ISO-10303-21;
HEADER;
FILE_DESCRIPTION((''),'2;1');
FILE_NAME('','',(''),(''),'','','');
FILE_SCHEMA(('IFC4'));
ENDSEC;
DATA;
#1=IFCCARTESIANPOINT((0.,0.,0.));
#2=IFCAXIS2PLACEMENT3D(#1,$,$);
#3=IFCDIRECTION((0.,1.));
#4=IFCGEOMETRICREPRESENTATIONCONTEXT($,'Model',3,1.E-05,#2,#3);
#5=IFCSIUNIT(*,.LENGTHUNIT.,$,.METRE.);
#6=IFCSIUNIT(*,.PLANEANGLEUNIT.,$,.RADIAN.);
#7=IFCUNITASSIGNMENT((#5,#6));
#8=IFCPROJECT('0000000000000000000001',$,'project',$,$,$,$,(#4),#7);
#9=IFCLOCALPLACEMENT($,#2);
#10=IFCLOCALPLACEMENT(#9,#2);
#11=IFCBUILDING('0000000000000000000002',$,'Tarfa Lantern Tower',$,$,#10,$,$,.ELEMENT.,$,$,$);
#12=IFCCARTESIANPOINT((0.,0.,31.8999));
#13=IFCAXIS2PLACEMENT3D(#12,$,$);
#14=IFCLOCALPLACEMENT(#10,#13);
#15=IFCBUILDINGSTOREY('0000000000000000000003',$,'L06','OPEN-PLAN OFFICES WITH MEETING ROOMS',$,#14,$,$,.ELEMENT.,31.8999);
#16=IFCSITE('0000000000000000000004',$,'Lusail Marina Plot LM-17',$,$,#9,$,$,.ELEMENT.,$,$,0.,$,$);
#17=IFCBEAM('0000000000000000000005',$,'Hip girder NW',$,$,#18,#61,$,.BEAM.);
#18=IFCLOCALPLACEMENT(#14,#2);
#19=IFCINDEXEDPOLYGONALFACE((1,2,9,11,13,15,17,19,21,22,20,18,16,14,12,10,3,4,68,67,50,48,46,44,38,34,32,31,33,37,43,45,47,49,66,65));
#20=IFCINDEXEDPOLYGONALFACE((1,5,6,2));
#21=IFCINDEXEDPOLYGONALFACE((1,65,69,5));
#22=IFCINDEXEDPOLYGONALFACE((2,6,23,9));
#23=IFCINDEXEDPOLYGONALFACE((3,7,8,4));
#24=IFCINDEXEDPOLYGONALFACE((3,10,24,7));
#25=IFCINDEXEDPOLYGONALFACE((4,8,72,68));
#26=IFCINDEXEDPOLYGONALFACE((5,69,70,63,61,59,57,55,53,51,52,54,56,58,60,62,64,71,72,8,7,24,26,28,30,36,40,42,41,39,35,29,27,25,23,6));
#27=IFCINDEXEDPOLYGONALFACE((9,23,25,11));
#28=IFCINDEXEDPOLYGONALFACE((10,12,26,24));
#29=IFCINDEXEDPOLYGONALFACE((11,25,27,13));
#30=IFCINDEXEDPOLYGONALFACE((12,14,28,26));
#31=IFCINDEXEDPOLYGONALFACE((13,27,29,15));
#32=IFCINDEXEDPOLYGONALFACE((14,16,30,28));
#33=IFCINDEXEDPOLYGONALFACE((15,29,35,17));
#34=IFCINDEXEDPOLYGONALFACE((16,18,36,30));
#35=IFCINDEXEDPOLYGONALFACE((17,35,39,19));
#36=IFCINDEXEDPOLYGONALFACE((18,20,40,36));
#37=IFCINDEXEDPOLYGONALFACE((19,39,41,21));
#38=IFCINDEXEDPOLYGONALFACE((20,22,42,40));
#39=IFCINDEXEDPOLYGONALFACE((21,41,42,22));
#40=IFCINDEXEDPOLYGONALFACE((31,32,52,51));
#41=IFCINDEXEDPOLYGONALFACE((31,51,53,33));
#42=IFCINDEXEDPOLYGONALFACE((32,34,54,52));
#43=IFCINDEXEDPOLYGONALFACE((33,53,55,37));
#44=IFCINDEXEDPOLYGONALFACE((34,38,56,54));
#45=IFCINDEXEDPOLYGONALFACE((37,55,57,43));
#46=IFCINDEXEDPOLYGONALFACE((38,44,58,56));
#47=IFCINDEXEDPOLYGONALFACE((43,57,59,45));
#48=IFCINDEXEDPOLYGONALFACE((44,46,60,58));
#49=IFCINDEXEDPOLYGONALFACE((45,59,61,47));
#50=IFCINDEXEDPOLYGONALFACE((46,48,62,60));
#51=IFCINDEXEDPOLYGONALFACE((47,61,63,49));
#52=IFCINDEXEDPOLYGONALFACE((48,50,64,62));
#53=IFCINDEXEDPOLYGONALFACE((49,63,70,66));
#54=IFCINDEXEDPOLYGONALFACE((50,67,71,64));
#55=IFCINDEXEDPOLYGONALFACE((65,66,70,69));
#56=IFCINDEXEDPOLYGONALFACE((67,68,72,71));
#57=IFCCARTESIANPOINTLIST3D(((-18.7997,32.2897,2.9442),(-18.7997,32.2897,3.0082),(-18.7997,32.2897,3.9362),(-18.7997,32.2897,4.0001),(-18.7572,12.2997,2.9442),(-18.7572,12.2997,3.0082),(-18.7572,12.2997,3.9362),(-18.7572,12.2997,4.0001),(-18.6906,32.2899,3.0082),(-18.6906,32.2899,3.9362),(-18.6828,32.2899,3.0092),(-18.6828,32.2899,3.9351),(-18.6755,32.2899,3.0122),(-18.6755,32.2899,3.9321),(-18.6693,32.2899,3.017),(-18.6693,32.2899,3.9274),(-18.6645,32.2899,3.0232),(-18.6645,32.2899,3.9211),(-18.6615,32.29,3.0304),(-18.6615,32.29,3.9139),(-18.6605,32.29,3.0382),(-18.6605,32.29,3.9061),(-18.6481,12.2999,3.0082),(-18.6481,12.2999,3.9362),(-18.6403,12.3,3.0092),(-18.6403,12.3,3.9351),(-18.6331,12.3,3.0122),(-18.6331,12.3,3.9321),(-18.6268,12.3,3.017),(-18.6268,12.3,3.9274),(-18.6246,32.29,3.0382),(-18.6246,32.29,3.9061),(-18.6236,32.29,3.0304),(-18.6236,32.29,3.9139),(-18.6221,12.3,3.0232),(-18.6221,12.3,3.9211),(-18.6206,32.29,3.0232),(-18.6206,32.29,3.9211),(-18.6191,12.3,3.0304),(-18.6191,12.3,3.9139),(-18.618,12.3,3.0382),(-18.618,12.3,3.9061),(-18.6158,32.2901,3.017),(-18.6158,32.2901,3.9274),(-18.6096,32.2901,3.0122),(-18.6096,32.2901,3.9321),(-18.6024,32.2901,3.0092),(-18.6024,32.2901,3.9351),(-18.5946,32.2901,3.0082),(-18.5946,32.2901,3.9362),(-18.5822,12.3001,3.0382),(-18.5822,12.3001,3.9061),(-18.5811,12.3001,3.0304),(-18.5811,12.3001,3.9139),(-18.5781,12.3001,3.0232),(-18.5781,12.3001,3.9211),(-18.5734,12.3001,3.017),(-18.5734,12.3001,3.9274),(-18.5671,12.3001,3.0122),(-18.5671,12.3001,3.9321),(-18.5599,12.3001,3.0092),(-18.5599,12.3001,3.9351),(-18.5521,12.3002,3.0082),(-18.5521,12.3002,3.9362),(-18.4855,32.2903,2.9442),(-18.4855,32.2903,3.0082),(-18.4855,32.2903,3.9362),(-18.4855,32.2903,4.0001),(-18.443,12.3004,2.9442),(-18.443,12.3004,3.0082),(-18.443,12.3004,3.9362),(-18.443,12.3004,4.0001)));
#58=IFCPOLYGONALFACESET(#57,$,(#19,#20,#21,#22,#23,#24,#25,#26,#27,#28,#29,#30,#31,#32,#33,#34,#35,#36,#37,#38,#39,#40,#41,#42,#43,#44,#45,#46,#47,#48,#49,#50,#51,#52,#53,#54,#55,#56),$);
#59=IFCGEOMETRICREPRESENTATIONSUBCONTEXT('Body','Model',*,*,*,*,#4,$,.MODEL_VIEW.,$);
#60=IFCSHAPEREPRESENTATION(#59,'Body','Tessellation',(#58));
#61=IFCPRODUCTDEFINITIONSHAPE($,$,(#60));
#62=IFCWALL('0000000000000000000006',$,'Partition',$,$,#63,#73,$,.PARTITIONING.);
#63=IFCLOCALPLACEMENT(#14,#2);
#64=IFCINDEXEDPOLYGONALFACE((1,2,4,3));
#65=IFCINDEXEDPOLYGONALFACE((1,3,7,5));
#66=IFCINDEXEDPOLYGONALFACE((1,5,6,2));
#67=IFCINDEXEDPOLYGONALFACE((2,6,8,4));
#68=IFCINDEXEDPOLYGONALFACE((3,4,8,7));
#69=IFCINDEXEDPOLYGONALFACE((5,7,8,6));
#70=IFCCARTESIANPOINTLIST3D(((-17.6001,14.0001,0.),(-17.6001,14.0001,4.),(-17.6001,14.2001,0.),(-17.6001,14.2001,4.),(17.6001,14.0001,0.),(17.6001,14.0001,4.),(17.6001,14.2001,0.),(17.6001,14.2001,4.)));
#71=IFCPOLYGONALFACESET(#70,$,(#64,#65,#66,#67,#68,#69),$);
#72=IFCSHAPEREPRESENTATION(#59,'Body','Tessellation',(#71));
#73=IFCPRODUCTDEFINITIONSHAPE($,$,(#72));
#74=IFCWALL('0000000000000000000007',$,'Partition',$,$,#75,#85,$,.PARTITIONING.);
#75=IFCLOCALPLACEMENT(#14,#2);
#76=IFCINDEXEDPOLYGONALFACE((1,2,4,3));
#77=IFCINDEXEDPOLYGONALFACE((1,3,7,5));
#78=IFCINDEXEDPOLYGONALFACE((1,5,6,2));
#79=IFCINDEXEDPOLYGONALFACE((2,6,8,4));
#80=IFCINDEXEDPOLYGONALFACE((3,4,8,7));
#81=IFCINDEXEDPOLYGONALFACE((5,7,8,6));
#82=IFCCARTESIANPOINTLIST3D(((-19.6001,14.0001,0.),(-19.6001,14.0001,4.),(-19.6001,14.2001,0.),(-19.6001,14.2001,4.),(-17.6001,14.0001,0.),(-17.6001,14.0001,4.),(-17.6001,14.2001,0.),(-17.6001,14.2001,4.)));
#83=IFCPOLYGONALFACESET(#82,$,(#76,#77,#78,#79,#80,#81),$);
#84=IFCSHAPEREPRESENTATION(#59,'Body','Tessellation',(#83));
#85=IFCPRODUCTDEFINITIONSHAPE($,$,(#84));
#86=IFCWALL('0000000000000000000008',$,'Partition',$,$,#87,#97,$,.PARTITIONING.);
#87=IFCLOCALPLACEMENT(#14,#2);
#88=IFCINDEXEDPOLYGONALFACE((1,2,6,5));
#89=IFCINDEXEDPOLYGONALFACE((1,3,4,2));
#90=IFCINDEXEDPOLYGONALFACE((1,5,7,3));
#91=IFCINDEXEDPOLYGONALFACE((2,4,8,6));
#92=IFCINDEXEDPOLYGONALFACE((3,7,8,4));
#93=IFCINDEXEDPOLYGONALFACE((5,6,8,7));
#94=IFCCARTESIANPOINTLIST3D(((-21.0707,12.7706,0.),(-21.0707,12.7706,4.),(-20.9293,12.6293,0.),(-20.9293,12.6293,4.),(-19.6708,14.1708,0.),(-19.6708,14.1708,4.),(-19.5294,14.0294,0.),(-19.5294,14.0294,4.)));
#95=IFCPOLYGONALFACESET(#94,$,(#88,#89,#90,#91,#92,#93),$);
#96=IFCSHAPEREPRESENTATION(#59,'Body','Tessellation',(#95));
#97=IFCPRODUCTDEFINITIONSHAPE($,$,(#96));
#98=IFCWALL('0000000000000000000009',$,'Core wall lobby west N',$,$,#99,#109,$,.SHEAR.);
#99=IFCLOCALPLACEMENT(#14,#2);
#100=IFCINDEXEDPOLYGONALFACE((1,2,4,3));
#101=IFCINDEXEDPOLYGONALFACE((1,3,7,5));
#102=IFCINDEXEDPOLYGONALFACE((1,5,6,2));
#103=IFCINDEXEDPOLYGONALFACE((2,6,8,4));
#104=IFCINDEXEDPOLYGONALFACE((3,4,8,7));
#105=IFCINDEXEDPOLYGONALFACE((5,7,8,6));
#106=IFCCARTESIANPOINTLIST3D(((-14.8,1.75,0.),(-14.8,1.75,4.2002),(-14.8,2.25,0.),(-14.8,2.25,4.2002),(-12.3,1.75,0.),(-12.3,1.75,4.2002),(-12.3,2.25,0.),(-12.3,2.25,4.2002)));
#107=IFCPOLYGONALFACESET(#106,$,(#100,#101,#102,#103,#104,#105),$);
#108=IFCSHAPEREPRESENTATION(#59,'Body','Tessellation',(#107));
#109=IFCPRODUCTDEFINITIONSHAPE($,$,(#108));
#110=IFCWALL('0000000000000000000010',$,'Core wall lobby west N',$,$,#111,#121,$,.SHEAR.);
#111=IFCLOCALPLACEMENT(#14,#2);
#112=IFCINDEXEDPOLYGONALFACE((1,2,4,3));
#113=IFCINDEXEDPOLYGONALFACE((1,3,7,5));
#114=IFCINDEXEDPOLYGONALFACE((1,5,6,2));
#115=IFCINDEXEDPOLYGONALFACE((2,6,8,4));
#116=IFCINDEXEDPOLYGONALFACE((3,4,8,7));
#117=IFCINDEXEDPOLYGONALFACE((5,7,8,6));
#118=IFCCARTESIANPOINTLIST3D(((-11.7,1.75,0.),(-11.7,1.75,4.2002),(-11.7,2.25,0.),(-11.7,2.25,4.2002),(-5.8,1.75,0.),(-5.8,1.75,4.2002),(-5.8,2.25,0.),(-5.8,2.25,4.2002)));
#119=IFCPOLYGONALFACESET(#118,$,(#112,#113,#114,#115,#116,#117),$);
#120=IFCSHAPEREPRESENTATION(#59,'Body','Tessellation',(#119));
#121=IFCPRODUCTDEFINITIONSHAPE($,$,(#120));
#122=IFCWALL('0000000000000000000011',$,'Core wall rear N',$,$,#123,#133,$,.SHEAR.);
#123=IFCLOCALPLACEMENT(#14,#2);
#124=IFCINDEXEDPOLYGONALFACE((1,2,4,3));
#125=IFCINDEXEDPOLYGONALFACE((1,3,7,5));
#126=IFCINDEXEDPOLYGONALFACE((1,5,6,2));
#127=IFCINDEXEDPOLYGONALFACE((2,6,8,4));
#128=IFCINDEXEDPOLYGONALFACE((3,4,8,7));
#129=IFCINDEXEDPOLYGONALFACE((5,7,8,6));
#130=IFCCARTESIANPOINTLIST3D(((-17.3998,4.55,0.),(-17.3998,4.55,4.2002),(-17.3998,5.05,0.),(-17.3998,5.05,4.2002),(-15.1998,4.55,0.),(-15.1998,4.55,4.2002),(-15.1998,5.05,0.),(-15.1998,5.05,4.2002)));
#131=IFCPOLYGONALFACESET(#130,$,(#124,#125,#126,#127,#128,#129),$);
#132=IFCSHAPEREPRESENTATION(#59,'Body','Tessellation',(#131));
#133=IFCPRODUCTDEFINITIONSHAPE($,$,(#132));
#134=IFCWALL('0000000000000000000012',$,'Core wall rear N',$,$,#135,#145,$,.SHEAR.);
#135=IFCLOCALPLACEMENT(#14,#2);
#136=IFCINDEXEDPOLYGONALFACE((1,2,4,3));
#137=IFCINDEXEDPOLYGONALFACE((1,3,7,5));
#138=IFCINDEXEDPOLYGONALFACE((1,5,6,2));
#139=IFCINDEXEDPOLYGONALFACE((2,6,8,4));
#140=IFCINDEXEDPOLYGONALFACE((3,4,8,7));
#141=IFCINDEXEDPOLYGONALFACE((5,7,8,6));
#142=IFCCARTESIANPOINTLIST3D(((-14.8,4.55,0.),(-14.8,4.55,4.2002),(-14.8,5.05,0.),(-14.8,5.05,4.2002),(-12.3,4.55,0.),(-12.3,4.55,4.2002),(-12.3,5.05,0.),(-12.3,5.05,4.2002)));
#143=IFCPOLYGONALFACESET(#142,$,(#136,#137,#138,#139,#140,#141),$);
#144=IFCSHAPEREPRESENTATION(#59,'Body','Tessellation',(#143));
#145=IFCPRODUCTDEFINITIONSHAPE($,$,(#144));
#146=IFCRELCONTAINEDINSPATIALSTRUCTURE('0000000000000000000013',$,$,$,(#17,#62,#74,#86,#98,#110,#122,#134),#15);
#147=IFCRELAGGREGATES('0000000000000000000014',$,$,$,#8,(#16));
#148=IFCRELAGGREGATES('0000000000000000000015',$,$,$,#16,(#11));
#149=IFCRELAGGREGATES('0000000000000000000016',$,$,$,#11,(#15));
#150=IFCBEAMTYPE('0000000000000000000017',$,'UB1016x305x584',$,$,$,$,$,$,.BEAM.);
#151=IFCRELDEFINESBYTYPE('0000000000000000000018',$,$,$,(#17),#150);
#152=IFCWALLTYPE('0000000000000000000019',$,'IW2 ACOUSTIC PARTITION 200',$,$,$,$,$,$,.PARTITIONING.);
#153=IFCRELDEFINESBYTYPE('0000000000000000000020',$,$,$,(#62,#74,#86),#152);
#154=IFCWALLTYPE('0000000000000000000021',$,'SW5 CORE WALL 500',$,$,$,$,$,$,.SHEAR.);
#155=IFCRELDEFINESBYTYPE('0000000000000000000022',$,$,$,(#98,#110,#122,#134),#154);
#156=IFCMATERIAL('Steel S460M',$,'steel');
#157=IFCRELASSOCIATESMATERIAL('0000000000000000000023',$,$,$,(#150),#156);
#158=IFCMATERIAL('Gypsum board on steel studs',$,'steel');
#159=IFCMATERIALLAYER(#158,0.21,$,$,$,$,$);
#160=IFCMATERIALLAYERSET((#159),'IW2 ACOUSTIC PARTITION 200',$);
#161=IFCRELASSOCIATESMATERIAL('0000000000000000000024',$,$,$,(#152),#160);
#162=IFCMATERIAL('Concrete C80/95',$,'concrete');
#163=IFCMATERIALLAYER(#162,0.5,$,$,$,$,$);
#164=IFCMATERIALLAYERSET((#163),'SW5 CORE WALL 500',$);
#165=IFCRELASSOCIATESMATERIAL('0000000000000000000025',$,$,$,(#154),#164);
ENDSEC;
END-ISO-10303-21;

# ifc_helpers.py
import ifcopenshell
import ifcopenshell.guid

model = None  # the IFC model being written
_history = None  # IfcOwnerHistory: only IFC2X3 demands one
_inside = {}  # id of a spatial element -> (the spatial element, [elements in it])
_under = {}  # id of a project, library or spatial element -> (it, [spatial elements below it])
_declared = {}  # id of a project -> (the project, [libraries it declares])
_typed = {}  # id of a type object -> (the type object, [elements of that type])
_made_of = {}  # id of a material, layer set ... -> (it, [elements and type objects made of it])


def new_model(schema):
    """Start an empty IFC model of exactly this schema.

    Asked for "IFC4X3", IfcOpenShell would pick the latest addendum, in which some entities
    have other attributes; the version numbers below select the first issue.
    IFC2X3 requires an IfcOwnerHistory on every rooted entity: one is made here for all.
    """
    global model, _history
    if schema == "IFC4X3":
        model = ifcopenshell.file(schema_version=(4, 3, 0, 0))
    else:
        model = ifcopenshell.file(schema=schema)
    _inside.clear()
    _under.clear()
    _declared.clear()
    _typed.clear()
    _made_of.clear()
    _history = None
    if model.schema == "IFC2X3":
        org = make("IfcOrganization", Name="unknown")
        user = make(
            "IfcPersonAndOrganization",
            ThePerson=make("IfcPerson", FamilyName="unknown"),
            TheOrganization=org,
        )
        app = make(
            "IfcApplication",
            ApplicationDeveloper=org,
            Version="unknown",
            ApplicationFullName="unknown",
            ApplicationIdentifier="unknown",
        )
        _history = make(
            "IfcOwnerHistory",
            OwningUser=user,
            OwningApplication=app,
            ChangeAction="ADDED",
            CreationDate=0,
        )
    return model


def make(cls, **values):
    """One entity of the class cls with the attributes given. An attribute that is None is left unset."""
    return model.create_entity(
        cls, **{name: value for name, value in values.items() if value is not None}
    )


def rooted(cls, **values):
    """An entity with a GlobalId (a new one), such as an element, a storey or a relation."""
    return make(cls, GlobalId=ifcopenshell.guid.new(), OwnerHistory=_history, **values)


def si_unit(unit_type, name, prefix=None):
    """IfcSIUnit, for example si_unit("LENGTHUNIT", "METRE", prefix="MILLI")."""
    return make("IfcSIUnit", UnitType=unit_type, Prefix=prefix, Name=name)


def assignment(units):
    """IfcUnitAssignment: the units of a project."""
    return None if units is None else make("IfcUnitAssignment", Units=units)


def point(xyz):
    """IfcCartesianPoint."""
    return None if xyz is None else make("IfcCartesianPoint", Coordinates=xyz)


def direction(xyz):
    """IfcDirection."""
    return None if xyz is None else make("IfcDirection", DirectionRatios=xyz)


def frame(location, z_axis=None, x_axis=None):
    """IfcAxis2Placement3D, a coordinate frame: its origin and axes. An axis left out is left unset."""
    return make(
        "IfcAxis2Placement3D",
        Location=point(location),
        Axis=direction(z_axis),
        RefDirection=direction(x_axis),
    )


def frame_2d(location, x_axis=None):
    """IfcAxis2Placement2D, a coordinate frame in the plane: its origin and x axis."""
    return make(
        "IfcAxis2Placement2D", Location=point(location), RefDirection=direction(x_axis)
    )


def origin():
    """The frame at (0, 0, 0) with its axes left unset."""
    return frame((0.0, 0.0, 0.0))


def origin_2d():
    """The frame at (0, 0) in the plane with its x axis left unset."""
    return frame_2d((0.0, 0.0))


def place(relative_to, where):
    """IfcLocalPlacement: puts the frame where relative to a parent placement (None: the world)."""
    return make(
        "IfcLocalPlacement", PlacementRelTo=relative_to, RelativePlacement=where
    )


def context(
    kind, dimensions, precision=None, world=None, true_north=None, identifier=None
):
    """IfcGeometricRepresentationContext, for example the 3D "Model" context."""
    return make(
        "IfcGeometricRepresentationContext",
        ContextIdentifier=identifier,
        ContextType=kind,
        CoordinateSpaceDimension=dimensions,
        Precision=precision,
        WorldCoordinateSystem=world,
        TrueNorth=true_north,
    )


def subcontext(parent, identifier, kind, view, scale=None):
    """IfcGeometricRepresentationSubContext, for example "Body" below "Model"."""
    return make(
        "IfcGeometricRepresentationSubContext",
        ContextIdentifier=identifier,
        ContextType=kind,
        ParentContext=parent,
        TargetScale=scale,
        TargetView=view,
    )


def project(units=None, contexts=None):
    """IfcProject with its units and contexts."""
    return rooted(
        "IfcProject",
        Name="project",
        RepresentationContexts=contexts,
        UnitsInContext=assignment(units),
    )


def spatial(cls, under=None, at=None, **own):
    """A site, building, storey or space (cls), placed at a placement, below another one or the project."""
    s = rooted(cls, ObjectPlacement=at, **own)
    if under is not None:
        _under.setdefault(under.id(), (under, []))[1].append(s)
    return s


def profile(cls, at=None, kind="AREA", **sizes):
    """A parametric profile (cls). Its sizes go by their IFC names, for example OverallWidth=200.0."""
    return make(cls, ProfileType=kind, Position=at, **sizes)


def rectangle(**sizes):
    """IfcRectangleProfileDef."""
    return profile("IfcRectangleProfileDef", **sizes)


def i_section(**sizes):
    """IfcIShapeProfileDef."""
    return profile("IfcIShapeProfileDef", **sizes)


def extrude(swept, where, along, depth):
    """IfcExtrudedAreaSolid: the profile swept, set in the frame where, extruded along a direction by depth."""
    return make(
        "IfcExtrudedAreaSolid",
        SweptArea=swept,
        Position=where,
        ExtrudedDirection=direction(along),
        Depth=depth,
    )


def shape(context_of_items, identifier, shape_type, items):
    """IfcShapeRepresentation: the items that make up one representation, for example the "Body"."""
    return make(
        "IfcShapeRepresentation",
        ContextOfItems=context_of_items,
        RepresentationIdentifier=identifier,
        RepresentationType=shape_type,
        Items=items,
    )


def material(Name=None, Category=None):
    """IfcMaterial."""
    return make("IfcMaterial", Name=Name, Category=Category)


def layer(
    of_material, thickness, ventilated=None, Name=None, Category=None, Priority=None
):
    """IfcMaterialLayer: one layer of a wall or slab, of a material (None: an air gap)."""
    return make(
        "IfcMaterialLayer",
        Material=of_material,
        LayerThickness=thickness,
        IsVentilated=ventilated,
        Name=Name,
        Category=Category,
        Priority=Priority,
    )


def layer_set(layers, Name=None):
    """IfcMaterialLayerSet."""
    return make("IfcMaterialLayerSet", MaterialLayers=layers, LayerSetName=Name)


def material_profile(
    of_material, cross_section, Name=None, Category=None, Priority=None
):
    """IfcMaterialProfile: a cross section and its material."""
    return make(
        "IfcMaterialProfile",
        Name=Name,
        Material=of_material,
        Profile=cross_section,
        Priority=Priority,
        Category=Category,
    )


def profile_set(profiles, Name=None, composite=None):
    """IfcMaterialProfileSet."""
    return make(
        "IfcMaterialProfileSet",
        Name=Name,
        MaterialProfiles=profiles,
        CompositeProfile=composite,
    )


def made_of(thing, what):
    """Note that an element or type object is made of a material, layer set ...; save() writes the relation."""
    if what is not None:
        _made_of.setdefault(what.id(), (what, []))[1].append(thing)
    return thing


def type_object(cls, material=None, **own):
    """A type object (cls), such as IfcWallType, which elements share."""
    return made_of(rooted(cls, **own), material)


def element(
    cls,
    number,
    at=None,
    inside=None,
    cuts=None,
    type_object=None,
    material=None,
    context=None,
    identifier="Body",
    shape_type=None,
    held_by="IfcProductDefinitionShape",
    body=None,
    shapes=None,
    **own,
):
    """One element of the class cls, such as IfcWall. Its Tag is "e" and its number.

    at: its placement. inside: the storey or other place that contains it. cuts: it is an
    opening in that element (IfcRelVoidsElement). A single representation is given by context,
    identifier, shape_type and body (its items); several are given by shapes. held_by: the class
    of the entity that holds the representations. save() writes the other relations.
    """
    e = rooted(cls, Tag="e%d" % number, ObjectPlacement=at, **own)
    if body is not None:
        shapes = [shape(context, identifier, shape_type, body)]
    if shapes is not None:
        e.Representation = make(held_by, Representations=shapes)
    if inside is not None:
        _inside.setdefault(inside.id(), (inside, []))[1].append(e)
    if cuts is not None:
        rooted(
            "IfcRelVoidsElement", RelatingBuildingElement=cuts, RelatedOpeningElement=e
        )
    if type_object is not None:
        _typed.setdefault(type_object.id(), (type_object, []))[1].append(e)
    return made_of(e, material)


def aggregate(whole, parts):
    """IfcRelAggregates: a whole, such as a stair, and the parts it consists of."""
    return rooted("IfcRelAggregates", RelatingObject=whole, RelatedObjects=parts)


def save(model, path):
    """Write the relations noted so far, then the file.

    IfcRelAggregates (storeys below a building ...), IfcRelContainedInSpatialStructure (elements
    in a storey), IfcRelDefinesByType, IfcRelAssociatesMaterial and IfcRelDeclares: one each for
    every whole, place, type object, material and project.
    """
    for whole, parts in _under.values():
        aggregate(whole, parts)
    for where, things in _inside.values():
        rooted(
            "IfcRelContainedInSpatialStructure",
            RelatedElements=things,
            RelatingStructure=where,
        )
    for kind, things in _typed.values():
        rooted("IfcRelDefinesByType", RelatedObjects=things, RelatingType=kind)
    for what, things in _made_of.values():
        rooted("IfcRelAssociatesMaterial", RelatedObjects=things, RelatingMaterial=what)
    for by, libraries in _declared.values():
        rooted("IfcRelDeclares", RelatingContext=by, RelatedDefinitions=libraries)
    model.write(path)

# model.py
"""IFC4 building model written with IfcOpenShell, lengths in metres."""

from ifc_helpers import new_model, si_unit, direction, frame, frame_2d, origin, origin_2d, place, context, subcontext, project, spatial, rectangle, i_section, extrude, material, layer, layer_set, material_profile, profile_set, type_object, element, save


model = new_model("IFC4")

# Units and contexts
model_context = context("Model", 3, precision=1e-05, world=origin(), true_north=direction((0.0, 1.0)))
body_context = subcontext(model_context, "Body", "Model", "MODEL_VIEW")
ifc_project = project(units=[si_unit("LENGTHUNIT", "METRE"), si_unit("PLANEANGLEUNIT", "RADIAN")], contexts=[model_context])

# Site, building, storey
site_placement = place(None, origin())
site = spatial("IfcSite", under=ifc_project, at=site_placement, Name="Lusail Marina Plot LM-17", CompositionType="ELEMENT", RefElevation=0.0)
building_placement = place(site_placement, origin())
building = spatial("IfcBuilding", under=site, at=building_placement, Name="Tarfa Lantern Tower", CompositionType="ELEMENT")
storey_placement = place(building_placement, frame((0.0, 0.0, 31.8999)))
storey = spatial("IfcBuildingStorey", under=building, at=storey_placement, Name="L06", Description="OPEN-PLAN OFFICES WITH MEETING ROOMS", CompositionType="ELEMENT", Elevation=31.8999)

# Beam
ifc_material_1 = material(Name="Steel S460M", Category="steel")
ifc_material_profile = material_profile(ifc_material_1, i_section(OverallWidth=0.3142, OverallDepth=1.0559, WebThickness=0.0359, FlangeThickness=0.064, FilletRadius=0.03, at=origin_2d()), Name="UB1016x305x584")
ifc_profile_set = profile_set([ifc_material_profile], Name="Steel S460M")
beam_type = type_object("IfcBeamType", Name="UB1016x305x584", PredefinedType="BEAM", material=ifc_profile_set)
beam_placement = place(storey_placement, frame((-18.6001, 12.3, 3.4722), z_axis=(-0.002125, 0.999998, 0.0), x_axis=(-0.999998, -0.002125, 0.0)))
element("IfcBeam", 1, at=beam_placement, inside=storey, type_object=beam_type, Name="Hip girder NW", PredefinedType="BEAM", context=body_context, shape_type="SweptSolid", body=[
    extrude(i_section(OverallWidth=0.3142, OverallDepth=1.0559, WebThickness=0.0359, FlangeThickness=0.064, FilletRadius=0.03, at=origin_2d()), origin(), (0.0, 0.0, 1.0), 19.99),
])

# Walls
ifc_material_2 = material(Name="Gypsum board on steel studs", Category="steel")
ifc_layer_1 = layer(ifc_material_2, 0.21)
ifc_layer_set_1 = layer_set([ifc_layer_1], Name="IW2 ACOUSTIC PARTITION 200")
wall_type_1 = type_object("IfcWallType", Name="IW2 ACOUSTIC PARTITION 200", PredefinedType="PARTITIONING", material=ifc_layer_set_1)
wall_1_placement = place(storey_placement, frame((-17.6001, 14.1001, 0.0), z_axis=(0.0, 0.0, 1.0), x_axis=(1.0, 0.0, 0.0)))
element("IfcWall", 2, at=wall_1_placement, inside=storey, type_object=wall_type_1, Name="Partition", PredefinedType="PARTITIONING", context=body_context, shape_type="SweptSolid", body=[
    extrude(rectangle(XDim=35.2002, YDim=0.2, at=frame_2d((17.6001, 0.0))), origin(), (0.0, 0.0, 1.0), 4.0),
])
wall_2_placement = place(storey_placement, frame((-19.6001, 14.1001, 0.0), z_axis=(0.0, 0.0, 1.0), x_axis=(1.0, 0.0, 0.0)))
element("IfcWall", 3, at=wall_2_placement, inside=storey, type_object=wall_type_1, Name="Partition", PredefinedType="PARTITIONING", context=body_context, shape_type="SweptSolid", body=[
    extrude(rectangle(XDim=2.0, YDim=0.2, at=frame_2d((1.0, 0.0))), origin(), (0.0, 0.0, 1.0), 4.0),
])
wall_3_placement = place(storey_placement, frame((-21.0, 12.7, 0.0), z_axis=(0.0, 0.0, 1.0), x_axis=(0.707045, 0.707168, 0.0)))
element("IfcWall", 4, at=wall_3_placement, inside=storey, type_object=wall_type_1, Name="Partition", PredefinedType="PARTITIONING", context=body_context, shape_type="SweptSolid", body=[
    extrude(rectangle(XDim=1.98, YDim=0.2, at=frame_2d((0.99, 0.0))), origin(), (0.0, 0.0, 1.0), 4.0),
])

# Shared definitions
ifc_material_3 = material(Name="Concrete C80/95", Category="concrete")

# Walls
ifc_layer_2 = layer(ifc_material_3, 0.5)
ifc_layer_set_2 = layer_set([ifc_layer_2], Name="SW5 CORE WALL 500")
wall_type_2 = type_object("IfcWallType", Name="SW5 CORE WALL 500", PredefinedType="SHEAR", material=ifc_layer_set_2)
wall_4_placement = place(storey_placement, frame((-14.8, 2.0, 0.0), z_axis=(0.0, 0.0, 1.0), x_axis=(1.0, 0.0, 0.0)))
element("IfcWall", 5, at=wall_4_placement, inside=storey, type_object=wall_type_2, Name="Core wall lobby west N", PredefinedType="SHEAR", context=body_context, shape_type="SweptSolid", body=[
    extrude(rectangle(XDim=2.5, YDim=0.5, at=frame_2d((1.25, 0.0))), origin(), (0.0, 0.0, 1.0), 4.2002),
])
wall_5_placement = place(storey_placement, frame((-11.7, 2.0, 0.0), z_axis=(0.0, 0.0, 1.0), x_axis=(1.0, 0.0, 0.0)))
element("IfcWall", 6, at=wall_5_placement, inside=storey, type_object=wall_type_2, Name="Core wall lobby west N", PredefinedType="SHEAR", context=body_context, shape_type="SweptSolid", body=[
    extrude(rectangle(XDim=5.8999, YDim=0.5, at=frame_2d((2.95, 0.0))), origin(), (0.0, 0.0, 1.0), 4.2002),
])
wall_6_placement = place(storey_placement, frame((-17.3999, 4.8, 0.0), z_axis=(0.0, 0.0, 1.0), x_axis=(1.0, 0.0, 0.0)))
element("IfcWall", 7, at=wall_6_placement, inside=storey, type_object=wall_type_2, Name="Core wall rear N", PredefinedType="SHEAR", context=body_context, shape_type="SweptSolid", body=[
    extrude(rectangle(XDim=2.2, YDim=0.5, at=frame_2d((1.1001, 0.0))), origin(), (0.0, 0.0, 1.0), 4.2002),
])
wall_7_placement = place(storey_placement, frame((-14.8, 4.8, 0.0), z_axis=(0.0, 0.0, 1.0), x_axis=(1.0, 0.0, 0.0)))
element("IfcWall", 8, at=wall_7_placement, inside=storey, type_object=wall_type_2, Name="Core wall rear N", PredefinedType="SHEAR", context=body_context, shape_type="SweptSolid", body=[
    extrude(rectangle(XDim=2.5, YDim=0.5, at=frame_2d((1.25, 0.0))), origin(), (0.0, 0.0, 1.0), 4.2002),
])

save(model, "model.ifc")
